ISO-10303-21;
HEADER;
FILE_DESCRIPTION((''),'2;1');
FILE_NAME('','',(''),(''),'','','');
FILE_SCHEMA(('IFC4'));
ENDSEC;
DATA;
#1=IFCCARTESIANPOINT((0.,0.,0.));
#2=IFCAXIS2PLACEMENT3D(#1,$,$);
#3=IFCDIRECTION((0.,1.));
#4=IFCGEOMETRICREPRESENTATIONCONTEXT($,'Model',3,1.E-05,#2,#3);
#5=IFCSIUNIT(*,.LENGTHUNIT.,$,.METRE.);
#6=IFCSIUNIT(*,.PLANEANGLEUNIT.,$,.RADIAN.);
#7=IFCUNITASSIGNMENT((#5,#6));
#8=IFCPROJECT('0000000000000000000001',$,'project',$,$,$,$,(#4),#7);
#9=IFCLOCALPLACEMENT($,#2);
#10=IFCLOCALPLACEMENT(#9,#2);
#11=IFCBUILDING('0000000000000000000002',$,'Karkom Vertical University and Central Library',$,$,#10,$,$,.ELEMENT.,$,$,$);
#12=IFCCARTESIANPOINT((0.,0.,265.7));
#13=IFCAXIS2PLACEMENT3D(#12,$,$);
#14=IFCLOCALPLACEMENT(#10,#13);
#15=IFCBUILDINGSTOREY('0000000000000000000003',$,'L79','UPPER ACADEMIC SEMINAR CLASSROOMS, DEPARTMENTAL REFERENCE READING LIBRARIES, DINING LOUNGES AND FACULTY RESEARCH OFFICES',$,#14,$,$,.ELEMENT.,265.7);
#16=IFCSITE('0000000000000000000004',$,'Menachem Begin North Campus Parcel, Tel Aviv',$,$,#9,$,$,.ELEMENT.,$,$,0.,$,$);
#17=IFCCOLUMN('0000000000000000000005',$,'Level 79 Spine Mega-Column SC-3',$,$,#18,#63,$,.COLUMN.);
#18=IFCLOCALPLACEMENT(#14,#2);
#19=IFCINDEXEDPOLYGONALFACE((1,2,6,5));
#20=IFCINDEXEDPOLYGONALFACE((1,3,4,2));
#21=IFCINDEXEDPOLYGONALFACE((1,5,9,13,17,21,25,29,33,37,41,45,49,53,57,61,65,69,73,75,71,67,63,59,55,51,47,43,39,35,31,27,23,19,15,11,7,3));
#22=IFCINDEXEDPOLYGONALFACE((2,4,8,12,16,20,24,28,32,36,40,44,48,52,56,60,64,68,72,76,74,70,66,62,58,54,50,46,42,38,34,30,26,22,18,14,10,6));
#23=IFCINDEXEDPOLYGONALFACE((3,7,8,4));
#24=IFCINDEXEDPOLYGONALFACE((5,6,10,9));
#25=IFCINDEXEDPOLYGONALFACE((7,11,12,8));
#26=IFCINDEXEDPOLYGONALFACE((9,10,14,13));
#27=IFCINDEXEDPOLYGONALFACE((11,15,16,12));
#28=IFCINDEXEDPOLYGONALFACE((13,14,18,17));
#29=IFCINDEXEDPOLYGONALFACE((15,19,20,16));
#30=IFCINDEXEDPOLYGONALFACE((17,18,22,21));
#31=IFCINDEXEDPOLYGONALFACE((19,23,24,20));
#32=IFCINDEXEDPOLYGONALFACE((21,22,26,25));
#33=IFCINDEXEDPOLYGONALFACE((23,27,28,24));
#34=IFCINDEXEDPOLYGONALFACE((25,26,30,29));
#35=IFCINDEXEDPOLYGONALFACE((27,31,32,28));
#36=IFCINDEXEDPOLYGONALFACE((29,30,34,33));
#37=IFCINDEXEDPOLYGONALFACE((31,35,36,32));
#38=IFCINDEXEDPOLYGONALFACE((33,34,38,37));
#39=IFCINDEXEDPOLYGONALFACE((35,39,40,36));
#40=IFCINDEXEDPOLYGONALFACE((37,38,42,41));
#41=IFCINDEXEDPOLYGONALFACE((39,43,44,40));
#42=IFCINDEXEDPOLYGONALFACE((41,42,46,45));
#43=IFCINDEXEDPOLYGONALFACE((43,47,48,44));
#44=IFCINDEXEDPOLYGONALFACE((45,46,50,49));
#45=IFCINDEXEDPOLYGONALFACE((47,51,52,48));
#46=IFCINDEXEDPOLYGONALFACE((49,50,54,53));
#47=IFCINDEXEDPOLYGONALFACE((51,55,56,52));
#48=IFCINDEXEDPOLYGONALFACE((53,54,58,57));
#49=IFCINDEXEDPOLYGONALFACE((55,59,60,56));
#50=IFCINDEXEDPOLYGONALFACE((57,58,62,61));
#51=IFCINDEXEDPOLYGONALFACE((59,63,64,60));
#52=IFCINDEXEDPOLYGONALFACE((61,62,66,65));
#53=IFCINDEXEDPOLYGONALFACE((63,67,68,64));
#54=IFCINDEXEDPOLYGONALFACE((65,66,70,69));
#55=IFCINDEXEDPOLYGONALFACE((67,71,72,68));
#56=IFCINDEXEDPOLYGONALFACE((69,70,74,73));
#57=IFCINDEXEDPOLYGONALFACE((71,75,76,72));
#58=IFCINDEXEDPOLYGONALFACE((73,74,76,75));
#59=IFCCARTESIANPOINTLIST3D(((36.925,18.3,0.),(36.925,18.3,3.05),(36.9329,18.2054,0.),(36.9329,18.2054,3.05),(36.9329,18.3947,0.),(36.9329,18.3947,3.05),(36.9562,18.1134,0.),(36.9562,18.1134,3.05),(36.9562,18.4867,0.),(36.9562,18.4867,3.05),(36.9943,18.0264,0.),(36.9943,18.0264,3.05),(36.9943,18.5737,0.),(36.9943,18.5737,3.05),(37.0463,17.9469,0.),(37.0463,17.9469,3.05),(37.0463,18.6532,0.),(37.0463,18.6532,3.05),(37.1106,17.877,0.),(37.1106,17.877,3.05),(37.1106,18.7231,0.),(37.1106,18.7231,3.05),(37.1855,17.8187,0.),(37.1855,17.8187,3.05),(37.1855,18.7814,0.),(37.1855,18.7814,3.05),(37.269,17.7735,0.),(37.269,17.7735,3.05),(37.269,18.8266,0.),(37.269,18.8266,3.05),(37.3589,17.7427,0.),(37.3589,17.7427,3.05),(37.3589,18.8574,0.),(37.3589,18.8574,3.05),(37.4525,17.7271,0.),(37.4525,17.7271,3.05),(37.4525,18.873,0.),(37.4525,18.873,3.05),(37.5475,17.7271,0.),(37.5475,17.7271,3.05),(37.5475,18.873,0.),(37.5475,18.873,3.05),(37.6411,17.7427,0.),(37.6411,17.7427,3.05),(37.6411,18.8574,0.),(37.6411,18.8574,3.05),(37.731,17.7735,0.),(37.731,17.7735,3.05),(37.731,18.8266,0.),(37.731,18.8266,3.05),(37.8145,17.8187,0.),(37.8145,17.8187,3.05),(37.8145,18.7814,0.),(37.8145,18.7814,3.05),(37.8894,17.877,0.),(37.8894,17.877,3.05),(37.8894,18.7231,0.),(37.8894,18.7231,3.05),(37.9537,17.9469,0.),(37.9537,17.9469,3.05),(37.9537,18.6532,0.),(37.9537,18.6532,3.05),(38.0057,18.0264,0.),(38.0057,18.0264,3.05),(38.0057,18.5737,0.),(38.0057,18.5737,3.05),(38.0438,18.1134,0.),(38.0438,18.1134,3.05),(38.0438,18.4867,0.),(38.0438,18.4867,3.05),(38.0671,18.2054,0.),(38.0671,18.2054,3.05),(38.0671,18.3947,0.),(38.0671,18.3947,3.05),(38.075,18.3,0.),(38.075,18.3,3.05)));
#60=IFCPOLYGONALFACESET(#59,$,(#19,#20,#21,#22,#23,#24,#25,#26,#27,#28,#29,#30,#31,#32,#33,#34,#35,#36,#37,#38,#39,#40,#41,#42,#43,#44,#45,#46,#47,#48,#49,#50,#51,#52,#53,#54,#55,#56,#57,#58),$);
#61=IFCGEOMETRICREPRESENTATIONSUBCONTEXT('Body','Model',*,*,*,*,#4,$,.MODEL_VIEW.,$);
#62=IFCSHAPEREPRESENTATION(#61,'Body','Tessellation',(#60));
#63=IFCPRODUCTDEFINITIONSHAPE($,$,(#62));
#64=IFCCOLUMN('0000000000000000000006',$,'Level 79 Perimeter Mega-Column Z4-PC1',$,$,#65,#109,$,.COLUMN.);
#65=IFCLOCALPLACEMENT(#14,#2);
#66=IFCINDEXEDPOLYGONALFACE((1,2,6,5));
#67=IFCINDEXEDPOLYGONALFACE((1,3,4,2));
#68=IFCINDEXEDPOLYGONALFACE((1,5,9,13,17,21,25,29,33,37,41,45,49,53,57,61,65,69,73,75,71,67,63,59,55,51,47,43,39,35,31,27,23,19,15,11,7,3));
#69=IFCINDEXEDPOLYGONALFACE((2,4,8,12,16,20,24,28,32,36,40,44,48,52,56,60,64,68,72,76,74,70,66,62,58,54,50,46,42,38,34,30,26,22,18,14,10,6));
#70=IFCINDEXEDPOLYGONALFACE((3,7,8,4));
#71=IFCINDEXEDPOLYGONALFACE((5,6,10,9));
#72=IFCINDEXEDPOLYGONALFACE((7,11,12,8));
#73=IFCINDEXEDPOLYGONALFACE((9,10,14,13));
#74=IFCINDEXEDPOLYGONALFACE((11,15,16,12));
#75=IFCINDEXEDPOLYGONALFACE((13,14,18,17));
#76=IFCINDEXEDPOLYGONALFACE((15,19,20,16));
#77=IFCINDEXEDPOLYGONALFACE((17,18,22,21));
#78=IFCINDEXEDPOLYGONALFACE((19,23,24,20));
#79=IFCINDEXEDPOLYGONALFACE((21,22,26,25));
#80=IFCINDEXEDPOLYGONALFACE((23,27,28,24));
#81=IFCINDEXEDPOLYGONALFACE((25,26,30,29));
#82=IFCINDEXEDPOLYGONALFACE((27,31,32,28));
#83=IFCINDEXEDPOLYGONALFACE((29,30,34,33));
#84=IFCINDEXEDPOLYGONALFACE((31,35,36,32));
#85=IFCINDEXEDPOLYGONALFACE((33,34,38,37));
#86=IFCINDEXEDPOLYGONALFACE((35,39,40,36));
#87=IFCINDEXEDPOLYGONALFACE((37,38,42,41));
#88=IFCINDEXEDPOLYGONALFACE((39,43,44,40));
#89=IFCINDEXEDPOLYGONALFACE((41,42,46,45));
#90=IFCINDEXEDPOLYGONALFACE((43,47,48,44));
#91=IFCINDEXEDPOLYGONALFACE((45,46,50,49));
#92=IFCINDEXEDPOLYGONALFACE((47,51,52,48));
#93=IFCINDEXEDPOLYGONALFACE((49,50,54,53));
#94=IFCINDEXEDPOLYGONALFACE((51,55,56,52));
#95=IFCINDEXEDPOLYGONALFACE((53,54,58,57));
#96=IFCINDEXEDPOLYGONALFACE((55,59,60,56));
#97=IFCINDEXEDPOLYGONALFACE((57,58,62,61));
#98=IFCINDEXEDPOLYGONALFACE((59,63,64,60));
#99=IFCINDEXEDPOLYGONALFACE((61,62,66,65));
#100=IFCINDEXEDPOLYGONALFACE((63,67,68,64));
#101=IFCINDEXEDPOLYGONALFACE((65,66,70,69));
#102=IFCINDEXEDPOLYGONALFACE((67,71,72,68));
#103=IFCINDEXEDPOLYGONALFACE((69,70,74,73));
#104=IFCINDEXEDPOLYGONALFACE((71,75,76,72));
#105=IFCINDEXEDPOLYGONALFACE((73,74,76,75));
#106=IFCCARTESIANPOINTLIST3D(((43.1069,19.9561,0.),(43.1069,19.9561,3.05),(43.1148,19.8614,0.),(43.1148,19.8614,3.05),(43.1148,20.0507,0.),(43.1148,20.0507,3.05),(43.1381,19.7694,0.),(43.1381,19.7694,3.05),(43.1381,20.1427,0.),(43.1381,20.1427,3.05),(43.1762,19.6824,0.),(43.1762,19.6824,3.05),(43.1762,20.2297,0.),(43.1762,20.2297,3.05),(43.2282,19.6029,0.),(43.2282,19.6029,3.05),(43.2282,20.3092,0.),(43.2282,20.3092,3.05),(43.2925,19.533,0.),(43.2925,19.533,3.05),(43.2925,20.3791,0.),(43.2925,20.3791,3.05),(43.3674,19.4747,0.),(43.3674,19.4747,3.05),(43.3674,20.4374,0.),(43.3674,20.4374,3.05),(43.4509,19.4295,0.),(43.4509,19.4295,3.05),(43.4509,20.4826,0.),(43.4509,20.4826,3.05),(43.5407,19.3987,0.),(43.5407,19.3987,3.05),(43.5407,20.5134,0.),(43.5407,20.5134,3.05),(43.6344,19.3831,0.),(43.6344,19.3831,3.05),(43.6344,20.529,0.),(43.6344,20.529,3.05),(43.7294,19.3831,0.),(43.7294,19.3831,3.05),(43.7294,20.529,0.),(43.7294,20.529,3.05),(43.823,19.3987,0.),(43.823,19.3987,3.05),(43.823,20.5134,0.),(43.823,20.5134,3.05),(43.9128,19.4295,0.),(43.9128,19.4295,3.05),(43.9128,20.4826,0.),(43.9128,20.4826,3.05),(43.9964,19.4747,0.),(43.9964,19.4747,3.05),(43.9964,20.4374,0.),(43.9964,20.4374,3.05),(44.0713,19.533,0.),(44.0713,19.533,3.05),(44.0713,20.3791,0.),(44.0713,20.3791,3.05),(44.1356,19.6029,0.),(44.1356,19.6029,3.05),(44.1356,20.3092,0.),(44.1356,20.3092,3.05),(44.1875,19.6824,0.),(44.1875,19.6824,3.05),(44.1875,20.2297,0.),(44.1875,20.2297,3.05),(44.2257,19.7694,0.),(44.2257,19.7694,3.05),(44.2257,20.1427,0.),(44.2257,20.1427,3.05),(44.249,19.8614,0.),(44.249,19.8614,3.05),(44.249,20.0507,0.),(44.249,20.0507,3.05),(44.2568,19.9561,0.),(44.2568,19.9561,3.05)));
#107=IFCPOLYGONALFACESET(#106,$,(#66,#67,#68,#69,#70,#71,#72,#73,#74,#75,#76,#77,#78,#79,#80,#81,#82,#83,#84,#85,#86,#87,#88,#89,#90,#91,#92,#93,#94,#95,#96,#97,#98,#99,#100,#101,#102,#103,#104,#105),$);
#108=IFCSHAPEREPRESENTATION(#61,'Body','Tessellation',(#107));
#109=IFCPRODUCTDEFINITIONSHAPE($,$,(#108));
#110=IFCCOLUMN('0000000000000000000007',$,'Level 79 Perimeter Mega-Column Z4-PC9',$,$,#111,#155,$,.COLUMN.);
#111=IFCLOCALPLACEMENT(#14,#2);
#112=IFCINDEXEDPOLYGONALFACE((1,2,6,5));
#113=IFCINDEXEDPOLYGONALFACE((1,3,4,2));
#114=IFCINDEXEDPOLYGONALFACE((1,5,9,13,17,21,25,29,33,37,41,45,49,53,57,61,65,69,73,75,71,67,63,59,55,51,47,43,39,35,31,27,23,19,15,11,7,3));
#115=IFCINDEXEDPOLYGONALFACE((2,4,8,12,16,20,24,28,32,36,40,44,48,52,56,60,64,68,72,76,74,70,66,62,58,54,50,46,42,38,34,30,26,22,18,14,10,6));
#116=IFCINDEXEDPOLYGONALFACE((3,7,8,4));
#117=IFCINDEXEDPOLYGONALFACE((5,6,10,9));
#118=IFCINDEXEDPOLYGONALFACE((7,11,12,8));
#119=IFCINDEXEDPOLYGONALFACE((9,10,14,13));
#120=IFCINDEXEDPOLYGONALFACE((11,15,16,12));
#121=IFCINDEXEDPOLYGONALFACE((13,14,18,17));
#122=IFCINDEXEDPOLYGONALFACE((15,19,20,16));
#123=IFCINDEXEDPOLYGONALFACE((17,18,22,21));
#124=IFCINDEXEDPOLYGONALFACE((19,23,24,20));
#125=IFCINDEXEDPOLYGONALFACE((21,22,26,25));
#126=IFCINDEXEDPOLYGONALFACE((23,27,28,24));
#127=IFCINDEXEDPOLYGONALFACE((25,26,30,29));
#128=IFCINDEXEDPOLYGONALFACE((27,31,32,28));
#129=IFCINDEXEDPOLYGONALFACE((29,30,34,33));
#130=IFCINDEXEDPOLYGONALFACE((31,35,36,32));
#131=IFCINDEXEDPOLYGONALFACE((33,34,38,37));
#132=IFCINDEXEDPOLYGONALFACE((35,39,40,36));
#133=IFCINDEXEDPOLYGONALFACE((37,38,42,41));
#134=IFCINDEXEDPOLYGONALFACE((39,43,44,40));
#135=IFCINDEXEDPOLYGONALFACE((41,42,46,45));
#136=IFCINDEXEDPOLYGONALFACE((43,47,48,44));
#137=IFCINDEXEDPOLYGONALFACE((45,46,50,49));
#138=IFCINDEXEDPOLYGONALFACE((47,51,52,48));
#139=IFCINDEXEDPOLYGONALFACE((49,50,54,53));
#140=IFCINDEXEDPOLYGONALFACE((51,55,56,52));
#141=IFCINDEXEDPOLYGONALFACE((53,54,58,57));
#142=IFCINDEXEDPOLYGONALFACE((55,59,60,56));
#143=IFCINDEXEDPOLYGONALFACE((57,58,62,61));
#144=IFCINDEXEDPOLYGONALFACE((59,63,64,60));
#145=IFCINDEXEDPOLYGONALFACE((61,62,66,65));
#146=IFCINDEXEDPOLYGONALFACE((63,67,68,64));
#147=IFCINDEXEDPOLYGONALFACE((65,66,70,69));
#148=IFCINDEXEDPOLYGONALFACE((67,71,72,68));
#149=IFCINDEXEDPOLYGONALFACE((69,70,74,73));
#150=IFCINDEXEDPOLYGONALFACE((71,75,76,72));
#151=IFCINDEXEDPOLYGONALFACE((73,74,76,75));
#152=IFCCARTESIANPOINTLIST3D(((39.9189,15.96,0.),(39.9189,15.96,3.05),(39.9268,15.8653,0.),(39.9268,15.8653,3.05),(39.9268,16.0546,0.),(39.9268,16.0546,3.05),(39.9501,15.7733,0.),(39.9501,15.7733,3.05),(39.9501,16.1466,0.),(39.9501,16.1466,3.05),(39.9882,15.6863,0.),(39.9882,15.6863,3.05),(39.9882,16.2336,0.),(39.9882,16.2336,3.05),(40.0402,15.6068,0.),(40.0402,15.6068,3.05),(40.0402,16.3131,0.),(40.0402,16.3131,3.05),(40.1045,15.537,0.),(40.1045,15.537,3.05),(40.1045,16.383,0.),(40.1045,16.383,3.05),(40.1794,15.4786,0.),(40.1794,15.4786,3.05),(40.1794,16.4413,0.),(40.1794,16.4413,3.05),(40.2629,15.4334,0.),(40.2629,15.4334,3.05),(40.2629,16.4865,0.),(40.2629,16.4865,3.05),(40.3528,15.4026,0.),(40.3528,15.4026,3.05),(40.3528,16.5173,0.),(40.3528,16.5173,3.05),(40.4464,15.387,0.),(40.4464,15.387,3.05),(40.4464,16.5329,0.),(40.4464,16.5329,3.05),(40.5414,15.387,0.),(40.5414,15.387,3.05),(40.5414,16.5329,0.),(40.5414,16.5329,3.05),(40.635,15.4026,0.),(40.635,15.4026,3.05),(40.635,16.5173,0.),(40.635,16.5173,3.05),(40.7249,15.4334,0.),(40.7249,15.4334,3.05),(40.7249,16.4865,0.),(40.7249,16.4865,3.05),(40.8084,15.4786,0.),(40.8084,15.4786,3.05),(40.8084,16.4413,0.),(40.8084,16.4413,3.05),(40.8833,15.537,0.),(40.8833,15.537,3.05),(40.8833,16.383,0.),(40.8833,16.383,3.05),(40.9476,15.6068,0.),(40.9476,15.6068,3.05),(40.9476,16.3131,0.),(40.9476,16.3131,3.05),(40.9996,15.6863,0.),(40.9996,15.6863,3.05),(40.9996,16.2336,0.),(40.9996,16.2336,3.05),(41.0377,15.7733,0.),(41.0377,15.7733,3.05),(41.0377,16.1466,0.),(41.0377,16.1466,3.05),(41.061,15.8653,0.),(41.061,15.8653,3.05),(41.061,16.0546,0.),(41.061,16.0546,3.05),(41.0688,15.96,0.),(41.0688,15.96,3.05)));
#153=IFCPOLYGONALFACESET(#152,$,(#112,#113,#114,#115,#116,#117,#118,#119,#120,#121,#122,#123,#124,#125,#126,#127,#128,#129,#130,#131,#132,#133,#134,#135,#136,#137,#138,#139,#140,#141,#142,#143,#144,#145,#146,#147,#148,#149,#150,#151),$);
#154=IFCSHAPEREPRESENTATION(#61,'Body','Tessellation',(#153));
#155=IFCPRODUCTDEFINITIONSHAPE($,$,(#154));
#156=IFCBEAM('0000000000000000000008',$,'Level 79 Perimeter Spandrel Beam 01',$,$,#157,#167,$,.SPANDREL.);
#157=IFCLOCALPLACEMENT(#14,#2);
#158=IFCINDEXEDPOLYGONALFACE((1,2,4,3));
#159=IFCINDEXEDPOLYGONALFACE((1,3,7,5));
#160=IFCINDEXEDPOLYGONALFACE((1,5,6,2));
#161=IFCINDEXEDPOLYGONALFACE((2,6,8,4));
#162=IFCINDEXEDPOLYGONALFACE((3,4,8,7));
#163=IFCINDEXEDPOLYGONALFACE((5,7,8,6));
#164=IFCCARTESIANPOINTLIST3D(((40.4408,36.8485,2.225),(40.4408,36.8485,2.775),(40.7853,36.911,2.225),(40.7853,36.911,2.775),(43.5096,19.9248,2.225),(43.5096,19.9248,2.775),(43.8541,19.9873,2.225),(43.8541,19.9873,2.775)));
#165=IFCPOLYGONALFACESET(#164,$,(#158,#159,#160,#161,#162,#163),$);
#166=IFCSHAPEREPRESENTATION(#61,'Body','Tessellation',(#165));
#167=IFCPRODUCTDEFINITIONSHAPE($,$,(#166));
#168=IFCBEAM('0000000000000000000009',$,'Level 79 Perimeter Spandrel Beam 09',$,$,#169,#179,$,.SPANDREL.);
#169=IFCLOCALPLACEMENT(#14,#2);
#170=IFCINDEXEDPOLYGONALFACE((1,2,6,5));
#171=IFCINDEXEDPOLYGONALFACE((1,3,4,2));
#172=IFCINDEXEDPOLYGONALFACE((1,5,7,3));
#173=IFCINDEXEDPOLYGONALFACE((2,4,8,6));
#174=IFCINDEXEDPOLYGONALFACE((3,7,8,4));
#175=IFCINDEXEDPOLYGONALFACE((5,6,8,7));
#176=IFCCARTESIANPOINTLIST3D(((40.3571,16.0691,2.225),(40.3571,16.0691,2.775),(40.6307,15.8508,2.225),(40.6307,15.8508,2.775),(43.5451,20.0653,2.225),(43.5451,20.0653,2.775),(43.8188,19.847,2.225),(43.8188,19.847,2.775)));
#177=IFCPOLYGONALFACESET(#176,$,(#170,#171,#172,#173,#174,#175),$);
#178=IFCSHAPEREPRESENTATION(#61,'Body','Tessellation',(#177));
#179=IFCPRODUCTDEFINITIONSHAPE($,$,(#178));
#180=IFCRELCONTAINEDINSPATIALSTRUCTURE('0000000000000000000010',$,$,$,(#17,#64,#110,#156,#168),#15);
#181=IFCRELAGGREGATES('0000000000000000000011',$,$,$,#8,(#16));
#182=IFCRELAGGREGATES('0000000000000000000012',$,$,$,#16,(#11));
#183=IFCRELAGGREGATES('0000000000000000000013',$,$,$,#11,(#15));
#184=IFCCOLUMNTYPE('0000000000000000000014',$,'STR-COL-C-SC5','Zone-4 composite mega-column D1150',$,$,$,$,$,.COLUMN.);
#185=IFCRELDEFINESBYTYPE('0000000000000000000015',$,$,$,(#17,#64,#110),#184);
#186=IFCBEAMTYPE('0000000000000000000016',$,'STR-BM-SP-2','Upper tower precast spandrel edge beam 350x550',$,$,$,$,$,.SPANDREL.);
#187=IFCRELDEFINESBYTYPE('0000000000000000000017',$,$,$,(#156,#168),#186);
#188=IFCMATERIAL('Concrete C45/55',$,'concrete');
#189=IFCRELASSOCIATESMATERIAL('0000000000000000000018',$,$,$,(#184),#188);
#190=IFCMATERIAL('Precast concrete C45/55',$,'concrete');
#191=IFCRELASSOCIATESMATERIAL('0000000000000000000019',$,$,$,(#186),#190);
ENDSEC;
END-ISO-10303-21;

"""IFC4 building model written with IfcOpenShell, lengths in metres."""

from ifc_helpers import new_model, si_unit, direction, frame, origin, origin_with_axes, origin_2d, place, context, subcontext, project, spatial, rectangle, circle, extrude, source, transform, mapped, material, material_profile, profile_set, type_object, element, save


model = new_model("IFC4")

# Units and contexts
model_context = context("Model", 3, precision=1e-05, world=origin(), true_north=direction((0.0, 1.0)))
body_context = subcontext(model_context, "Body", "Model", "MODEL_VIEW")
ifc_project = project(units=[si_unit("LENGTHUNIT", "METRE"), si_unit("PLANEANGLEUNIT", "RADIAN")], contexts=[model_context])

# Site, building, storey
site_placement = place(None, origin())
site = spatial("IfcSite", under=ifc_project, at=site_placement, Name="Menachem Begin North Campus Parcel, Tel Aviv", CompositionType="ELEMENT", RefElevation=0.0)
building_placement = place(site_placement, origin())
building = spatial("IfcBuilding", under=site, at=building_placement, Name="Karkom Vertical University and Central Library", CompositionType="ELEMENT")
storey_placement = place(building_placement, frame((0.0, 0.0, 265.7)))
storey = spatial("IfcBuildingStorey", under=building, at=storey_placement, Name="L79", Description="UPPER ACADEMIC SEMINAR CLASSROOMS, DEPARTMENTAL REFERENCE READING LIBRARIES, DINING LOUNGES AND FACULTY RESEARCH OFFICES", CompositionType="ELEMENT", Elevation=265.7)

# Columns
ifc_material_1 = material(Name="Concrete C45/55", Category="concrete")
ifc_material_profile_1 = material_profile(ifc_material_1, circle(Radius=0.575, at=origin_2d()), Name="CFT-D1150")
ifc_profile_set_1 = profile_set([ifc_material_profile_1], Name="Concrete C45/55")
column_type = type_object("IfcColumnType", Name="STR-COL-C-SC5", Description="Zone-4 composite mega-column D1150", PredefinedType="COLUMN", material=ifc_profile_set_1)
shared_shape_1 = source(origin_with_axes(), body_context, "Body", "SweptSolid", [
    extrude(circle(Radius=0.575, at=origin_2d()), origin(), (0.0, 0.0, 1.0), 3.05),
])
for number, where, z_axis, x_axis, name in (
    (1, (37.5, 18.3, 0.0), (0.0, 0.0, 1.0), (1.0, 0.0, 0.0), "Level 79 Spine Mega-Column SC-3"),
    (2, (43.6819, 19.9561, 0.0), (0.0, 0.0, 1.0), (1.0, 0.0, 0.0), "Level 79 Perimeter Mega-Column Z4-PC1"),
    (3, (40.4939, 15.96, 0.0), (0.0, 0.0, 1.0), (1.0, 0.0, 0.0), "Level 79 Perimeter Mega-Column Z4-PC9"),
):
    element("IfcColumn", number, at=place(storey_placement, frame(where, z_axis=z_axis, x_axis=x_axis)), inside=storey, type_object=column_type, Name=name, PredefinedType="COLUMN", context=body_context, shape_type="MappedRepresentation", body=[
        mapped(shared_shape_1, transform((0.0, 0.0, 0.0), scale=1.0)),
    ])

# Beams
ifc_material_2 = material(Name="Precast concrete C45/55", Category="concrete")
ifc_material_profile_2 = material_profile(ifc_material_2, rectangle(XDim=0.3501, YDim=0.55, at=origin_2d()), Name="SPB-350x550")
ifc_profile_set_2 = profile_set([ifc_material_profile_2], Name="Precast concrete C45/55")
beam_type_1 = type_object("IfcBeamType", Name="STR-BM-SP-2", Description="Upper tower precast spandrel edge beam 350x550", PredefinedType="SPANDREL", material=ifc_profile_set_2)
shared_shape_2 = source(origin_with_axes(), body_context, "Body", "SweptSolid", [
    extrude(rectangle(XDim=0.3501, YDim=0.55, at=origin_2d()), origin(), (0.0, 0.0, 1.0), 17.1997),
])
beam_1_placement = place(storey_placement, frame((43.6819, 19.9561, 2.5), z_axis=(-0.178423, 0.983954, 0.0), x_axis=(-0.983954, -0.178423, 0.0)))
element("IfcBeam", 4, at=beam_1_placement, inside=storey, type_object=beam_type_1, Name="Level 79 Perimeter Spandrel Beam 01", PredefinedType="SPANDREL", context=body_context, shape_type="MappedRepresentation", body=[
    mapped(shared_shape_2, transform((0.0, 0.0, 0.0), scale=1.0)),
])
shared_shape_3 = source(origin_with_axes(), body_context, "Body", "SweptSolid", [
    extrude(rectangle(XDim=0.3501, YDim=0.55, at=origin_2d()), origin(), (0.0, 0.0, 1.0), 5.1121),
])
beam_2_placement = place(storey_placement, frame((40.4939, 15.96, 2.5), z_axis=(0.623634, 0.781716, 0.0), x_axis=(-0.781716, 0.623634, 0.0)))
element("IfcBeam", 5, at=beam_2_placement, inside=storey, type_object=beam_type_1, Name="Level 79 Perimeter Spandrel Beam 09", PredefinedType="SPANDREL", context=body_context, shape_type="MappedRepresentation", body=[
    mapped(shared_shape_3, transform((0.0, 0.0, 0.0), scale=1.0)),
])

save(model, "model.ifc")
